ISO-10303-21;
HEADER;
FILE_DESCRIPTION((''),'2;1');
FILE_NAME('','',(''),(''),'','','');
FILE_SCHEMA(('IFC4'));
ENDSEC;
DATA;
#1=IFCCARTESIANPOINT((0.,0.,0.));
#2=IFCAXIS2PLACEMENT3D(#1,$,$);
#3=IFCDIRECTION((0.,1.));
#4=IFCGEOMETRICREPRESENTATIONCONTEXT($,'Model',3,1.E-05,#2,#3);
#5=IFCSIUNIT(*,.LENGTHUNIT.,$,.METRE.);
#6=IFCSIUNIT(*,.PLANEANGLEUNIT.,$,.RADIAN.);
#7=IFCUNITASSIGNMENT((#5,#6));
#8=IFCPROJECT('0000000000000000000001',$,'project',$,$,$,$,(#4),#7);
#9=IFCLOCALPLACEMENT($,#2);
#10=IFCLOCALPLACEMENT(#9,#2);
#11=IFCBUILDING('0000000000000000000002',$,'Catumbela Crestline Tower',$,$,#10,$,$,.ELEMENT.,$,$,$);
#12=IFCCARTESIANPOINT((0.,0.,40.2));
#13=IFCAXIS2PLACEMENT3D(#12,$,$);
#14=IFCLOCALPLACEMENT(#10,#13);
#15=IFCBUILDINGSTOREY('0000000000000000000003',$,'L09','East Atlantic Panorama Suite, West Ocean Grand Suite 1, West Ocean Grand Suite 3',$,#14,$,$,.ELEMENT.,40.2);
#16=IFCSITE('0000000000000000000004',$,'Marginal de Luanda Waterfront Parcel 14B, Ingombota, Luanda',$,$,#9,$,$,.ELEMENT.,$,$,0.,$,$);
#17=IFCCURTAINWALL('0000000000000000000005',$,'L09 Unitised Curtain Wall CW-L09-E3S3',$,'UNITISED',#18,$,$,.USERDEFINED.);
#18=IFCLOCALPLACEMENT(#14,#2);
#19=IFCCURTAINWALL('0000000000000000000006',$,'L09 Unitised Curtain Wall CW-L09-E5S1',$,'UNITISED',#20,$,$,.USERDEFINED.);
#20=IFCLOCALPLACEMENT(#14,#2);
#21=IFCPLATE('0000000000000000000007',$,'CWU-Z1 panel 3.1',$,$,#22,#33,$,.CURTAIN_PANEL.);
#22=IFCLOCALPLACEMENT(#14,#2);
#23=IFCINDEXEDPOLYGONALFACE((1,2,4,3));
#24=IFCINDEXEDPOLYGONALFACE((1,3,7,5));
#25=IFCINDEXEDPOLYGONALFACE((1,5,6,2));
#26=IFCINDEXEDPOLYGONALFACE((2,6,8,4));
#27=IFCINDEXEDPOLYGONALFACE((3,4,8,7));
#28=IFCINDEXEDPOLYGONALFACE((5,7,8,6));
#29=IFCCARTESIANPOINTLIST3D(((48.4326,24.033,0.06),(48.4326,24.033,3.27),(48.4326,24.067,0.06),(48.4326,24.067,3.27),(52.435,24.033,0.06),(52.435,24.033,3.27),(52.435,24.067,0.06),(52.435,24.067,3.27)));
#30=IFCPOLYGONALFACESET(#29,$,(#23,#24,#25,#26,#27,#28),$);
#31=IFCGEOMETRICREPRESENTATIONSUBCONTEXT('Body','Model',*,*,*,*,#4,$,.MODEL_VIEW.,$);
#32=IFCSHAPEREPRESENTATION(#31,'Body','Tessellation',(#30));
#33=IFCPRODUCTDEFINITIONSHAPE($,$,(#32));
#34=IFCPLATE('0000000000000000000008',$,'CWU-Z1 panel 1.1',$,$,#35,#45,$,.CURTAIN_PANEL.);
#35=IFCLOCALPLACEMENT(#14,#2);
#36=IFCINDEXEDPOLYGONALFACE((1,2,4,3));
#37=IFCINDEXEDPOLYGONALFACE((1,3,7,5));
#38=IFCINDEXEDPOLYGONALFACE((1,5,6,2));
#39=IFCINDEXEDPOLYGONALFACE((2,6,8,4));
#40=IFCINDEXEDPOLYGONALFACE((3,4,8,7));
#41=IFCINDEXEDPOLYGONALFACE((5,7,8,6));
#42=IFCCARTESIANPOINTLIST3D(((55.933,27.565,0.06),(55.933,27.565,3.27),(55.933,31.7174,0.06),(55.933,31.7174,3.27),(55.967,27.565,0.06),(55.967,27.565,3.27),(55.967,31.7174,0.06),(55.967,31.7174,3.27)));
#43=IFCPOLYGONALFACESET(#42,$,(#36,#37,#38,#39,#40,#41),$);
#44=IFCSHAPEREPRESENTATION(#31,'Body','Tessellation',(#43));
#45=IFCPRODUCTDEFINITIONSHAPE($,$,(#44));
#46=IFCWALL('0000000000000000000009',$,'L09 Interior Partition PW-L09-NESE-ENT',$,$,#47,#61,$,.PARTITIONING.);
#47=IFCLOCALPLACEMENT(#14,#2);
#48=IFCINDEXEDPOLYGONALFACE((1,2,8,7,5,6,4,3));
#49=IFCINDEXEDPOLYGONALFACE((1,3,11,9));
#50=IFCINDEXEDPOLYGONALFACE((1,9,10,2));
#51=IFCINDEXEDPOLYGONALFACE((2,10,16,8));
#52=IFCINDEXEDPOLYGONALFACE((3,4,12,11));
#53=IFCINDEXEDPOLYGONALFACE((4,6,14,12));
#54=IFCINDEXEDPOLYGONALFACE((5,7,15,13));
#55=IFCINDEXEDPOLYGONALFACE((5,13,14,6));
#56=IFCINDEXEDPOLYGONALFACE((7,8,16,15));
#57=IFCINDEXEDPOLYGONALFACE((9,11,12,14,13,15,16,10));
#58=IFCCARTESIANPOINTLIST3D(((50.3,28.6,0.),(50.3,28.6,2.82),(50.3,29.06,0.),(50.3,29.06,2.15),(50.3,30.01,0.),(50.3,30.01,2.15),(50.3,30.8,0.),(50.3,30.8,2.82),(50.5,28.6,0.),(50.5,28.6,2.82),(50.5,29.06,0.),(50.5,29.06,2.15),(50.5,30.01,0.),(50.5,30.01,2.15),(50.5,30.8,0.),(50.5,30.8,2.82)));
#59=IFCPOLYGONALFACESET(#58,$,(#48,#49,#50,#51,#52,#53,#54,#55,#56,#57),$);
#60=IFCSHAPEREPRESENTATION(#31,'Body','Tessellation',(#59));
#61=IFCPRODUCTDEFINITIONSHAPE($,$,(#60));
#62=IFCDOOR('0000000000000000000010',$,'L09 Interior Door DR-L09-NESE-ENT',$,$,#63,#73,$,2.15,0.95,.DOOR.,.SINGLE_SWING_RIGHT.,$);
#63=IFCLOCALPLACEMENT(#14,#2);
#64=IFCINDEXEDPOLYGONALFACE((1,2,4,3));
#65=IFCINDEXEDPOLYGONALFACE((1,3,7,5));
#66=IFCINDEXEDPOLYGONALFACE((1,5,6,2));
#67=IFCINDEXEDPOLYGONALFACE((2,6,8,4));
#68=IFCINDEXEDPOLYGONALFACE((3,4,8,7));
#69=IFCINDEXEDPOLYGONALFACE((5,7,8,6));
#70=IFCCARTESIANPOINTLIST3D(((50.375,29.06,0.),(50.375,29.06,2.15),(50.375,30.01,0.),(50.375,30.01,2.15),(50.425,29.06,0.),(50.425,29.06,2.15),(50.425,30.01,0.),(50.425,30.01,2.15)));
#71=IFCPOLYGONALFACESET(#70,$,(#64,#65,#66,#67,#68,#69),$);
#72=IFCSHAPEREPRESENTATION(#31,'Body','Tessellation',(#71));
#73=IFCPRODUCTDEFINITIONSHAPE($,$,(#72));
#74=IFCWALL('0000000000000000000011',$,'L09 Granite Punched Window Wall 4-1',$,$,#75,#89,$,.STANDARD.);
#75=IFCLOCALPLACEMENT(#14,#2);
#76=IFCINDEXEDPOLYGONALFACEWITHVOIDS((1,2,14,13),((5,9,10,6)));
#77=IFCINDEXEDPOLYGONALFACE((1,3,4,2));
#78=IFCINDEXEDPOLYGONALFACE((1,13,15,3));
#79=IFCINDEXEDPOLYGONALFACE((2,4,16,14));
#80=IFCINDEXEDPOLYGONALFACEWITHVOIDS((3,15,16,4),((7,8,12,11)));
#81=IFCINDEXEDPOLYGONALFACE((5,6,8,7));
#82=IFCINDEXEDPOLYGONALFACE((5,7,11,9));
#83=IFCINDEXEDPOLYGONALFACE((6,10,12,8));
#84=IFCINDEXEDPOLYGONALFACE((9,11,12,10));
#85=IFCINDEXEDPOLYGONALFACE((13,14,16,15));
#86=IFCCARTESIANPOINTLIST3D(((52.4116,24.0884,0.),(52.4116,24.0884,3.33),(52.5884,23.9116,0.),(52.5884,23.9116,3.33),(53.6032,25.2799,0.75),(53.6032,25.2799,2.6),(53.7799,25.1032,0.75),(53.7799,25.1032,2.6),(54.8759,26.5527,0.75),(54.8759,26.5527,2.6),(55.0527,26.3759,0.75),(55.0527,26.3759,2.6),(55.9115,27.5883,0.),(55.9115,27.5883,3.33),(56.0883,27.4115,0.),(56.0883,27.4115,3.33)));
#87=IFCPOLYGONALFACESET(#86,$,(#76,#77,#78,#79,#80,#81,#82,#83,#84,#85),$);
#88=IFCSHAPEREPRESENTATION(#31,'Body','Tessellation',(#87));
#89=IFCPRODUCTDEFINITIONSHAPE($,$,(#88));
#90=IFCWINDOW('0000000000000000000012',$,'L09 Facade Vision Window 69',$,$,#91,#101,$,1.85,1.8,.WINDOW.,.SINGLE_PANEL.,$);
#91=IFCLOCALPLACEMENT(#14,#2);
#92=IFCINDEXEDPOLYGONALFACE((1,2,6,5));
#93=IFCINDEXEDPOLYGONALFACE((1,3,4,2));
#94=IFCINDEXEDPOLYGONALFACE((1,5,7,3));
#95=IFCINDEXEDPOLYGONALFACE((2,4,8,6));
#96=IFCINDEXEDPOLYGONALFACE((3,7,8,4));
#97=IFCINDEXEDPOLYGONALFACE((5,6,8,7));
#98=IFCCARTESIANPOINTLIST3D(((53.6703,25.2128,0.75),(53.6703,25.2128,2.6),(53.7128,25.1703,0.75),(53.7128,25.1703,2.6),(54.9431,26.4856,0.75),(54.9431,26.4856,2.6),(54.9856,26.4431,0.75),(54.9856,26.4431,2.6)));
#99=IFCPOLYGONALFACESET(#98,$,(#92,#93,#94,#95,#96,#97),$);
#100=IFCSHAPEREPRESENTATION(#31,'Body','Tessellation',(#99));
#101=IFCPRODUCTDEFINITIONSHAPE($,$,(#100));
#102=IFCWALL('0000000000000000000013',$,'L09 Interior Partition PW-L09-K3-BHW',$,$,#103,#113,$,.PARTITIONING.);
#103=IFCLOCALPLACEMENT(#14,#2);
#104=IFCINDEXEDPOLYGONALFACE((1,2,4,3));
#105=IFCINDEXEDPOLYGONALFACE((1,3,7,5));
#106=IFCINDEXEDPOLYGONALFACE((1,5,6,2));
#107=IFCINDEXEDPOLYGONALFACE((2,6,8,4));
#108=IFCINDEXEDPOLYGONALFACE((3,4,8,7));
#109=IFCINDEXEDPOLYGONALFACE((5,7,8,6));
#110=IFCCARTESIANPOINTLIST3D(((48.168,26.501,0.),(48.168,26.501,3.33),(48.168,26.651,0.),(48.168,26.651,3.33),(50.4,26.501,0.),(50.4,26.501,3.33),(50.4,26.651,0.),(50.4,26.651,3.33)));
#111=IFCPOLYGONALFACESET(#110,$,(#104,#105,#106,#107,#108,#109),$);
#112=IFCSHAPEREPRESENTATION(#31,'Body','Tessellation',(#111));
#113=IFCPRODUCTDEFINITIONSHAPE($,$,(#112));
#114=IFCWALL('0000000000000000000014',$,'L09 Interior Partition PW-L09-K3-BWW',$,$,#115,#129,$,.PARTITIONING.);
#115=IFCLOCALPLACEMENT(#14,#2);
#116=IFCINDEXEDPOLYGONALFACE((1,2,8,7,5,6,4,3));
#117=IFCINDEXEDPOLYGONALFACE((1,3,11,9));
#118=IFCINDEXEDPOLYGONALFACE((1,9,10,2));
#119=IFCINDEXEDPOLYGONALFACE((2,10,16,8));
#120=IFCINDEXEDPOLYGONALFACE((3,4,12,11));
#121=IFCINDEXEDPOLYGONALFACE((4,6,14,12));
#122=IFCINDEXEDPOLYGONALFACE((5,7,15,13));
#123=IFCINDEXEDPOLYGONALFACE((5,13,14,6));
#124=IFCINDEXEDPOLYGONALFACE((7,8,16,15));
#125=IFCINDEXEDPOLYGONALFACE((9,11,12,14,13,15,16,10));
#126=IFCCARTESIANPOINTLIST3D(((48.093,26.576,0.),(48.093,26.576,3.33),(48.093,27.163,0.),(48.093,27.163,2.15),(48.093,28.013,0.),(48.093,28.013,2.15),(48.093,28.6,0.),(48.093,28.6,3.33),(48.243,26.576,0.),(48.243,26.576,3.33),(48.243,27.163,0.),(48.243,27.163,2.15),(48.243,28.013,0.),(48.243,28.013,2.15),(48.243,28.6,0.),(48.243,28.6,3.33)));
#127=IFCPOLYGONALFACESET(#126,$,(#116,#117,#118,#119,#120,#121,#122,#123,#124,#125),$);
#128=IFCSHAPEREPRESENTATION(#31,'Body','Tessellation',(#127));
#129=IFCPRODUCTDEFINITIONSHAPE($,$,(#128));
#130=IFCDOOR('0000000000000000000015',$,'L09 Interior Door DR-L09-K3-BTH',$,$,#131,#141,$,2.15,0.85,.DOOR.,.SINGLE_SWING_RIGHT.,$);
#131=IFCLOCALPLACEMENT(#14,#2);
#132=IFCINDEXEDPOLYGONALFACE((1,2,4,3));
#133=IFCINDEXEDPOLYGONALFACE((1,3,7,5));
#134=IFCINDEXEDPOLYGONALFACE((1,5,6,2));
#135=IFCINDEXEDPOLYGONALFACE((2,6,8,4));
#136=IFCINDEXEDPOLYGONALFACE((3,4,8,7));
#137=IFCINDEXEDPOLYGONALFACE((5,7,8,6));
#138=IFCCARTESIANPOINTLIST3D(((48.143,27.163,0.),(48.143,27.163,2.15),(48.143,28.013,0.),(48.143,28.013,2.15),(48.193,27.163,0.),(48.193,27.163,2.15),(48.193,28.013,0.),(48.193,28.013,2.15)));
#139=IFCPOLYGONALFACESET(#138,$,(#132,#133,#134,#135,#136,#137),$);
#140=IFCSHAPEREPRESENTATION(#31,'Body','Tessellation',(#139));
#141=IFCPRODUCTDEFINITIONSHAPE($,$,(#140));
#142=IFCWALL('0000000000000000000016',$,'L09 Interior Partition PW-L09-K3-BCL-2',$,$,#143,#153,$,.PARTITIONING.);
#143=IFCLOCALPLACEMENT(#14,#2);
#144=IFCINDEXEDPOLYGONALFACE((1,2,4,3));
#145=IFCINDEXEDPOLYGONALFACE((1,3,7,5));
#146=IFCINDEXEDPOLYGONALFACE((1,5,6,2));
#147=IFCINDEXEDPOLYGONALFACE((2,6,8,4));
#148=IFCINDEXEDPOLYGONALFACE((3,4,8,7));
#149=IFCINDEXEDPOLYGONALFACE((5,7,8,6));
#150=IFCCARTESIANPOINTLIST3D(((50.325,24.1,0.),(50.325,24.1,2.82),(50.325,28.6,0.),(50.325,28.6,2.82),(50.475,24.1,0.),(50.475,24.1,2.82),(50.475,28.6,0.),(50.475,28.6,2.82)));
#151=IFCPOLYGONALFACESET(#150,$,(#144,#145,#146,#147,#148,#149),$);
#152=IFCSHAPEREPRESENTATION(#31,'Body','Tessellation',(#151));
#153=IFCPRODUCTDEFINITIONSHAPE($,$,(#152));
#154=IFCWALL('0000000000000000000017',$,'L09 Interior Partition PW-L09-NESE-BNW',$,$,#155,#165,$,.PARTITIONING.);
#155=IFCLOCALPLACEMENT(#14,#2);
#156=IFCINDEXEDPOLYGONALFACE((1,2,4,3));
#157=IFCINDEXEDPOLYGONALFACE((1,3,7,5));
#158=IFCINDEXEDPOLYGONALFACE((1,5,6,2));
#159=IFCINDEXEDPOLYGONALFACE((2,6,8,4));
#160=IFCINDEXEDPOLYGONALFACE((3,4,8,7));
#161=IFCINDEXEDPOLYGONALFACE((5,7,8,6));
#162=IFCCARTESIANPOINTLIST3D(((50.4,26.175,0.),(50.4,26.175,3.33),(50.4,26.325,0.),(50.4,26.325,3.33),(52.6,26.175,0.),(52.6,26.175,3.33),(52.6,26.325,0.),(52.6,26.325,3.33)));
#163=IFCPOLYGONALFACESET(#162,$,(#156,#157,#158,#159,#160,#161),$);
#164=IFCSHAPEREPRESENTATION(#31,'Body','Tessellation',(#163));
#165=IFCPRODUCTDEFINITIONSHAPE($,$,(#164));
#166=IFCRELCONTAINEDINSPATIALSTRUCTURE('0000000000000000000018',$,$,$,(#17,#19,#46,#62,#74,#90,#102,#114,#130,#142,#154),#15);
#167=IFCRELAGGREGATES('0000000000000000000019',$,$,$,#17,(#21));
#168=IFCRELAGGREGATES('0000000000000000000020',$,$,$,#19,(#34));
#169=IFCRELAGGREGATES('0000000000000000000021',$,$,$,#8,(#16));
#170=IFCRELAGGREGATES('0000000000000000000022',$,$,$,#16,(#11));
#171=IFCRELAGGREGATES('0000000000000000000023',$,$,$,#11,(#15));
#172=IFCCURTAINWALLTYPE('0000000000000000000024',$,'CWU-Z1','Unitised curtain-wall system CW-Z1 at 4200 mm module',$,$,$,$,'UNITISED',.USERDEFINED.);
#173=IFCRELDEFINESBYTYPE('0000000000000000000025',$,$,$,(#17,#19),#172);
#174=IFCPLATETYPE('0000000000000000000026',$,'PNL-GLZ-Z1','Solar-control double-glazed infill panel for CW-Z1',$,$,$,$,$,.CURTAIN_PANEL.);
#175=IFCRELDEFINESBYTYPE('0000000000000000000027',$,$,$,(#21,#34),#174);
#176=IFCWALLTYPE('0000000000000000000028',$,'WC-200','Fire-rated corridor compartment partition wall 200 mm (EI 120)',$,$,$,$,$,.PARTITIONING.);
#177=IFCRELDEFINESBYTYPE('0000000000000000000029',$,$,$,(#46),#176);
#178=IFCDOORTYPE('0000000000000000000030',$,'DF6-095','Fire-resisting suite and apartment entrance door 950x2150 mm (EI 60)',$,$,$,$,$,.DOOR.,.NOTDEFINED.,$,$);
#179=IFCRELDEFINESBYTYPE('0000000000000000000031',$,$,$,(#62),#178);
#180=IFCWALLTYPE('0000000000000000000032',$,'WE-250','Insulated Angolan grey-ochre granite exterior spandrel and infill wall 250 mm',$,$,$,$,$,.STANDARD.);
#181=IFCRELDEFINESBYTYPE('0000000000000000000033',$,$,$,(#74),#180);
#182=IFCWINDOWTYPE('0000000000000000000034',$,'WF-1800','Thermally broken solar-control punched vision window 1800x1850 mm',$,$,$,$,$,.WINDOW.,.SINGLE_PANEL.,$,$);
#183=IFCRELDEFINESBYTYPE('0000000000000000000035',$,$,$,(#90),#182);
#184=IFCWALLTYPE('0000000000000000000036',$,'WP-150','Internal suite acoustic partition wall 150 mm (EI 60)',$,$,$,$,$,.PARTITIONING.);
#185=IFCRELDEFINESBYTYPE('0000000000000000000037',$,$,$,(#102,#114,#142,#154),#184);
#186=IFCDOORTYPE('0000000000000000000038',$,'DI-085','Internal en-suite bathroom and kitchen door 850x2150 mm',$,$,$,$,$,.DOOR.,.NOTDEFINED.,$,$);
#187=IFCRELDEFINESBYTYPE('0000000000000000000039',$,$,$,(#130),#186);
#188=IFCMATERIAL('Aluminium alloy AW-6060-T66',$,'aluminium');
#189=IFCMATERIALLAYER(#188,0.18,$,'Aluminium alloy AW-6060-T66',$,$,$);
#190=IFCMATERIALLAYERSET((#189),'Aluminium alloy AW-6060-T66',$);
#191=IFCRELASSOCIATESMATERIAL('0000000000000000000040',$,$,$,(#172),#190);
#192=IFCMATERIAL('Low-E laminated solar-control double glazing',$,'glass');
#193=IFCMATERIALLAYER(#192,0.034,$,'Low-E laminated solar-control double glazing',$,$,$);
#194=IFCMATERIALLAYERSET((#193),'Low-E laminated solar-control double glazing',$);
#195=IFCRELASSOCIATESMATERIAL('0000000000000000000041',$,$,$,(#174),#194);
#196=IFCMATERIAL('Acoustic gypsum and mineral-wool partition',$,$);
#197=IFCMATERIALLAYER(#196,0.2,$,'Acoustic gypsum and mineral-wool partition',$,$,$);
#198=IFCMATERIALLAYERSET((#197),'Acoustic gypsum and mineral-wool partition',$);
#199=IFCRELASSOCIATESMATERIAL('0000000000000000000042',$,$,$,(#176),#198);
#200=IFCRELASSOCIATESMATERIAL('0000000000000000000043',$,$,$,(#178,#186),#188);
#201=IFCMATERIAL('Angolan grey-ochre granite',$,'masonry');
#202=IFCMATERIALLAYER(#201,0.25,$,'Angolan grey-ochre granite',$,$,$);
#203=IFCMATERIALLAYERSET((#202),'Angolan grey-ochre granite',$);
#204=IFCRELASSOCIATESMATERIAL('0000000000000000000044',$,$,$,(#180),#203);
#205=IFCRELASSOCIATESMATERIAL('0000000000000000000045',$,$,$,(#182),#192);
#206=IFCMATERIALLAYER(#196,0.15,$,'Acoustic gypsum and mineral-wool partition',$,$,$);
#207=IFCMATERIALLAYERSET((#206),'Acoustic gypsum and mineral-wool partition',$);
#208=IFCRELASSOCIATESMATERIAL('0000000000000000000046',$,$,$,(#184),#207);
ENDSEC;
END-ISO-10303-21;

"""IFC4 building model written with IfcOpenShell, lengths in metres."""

from ifc_helpers import new_model, si_unit, direction, frame, frame_2d, origin, origin_2d, place, context, subcontext, project, spatial, rectangle, extrude, material, layer, layer_set, type_object, element, fill, aggregate, save


model = new_model("IFC4")

# Units and contexts
model_context = context("Model", 3, precision=1e-05, world=origin(), true_north=direction((0.0, 1.0)))
body_context = subcontext(model_context, "Body", "Model", "MODEL_VIEW")
ifc_project = project(units=[si_unit("LENGTHUNIT", "METRE"), si_unit("PLANEANGLEUNIT", "RADIAN")], contexts=[model_context])

# Site, building, storey
site_placement = place(None, origin())
site = spatial("IfcSite", under=ifc_project, at=site_placement, Name="Marginal de Luanda Waterfront Parcel 14B, Ingombota, Luanda", CompositionType="ELEMENT", RefElevation=0.0)
building_placement = place(site_placement, origin())
building = spatial("IfcBuilding", under=site, at=building_placement, Name="Catumbela Crestline Tower", CompositionType="ELEMENT")
storey_placement = place(building_placement, frame((0.0, 0.0, 40.2)))
storey = spatial("IfcBuildingStorey", under=building, at=storey_placement, Name="L09", Description="East Atlantic Panorama Suite, West Ocean Grand Suite 1, West Ocean Grand Suite 3", CompositionType="ELEMENT", Elevation=40.2)

# Curtain wall
ifc_material_1 = material(Name="Aluminium alloy AW-6060-T66", Category="aluminium")
ifc_layer_1 = layer(ifc_material_1, 0.18, Name="Aluminium alloy AW-6060-T66")
ifc_layer_set_1 = layer_set([ifc_layer_1], Name="Aluminium alloy AW-6060-T66")
curtain_wall_type = type_object("IfcCurtainWallType", Name="CWU-Z1", Description="Unitised curtain-wall system CW-Z1 at 4200 mm module", ElementType="UNITISED", PredefinedType="USERDEFINED", material=ifc_layer_set_1)
curtain_wall_1_placement = place(storey_placement, origin())
curtain_wall_1 = element("IfcCurtainWall", 1, at=curtain_wall_1_placement, inside=storey, type_object=curtain_wall_type, Name="L09 Unitised Curtain Wall CW-L09-E3S3", ObjectType="UNITISED", PredefinedType="USERDEFINED")

# Curtain wall
curtain_wall_2_placement = place(storey_placement, origin())
curtain_wall_2 = element("IfcCurtainWall", 2, at=curtain_wall_2_placement, inside=storey, type_object=curtain_wall_type, Name="L09 Unitised Curtain Wall CW-L09-E5S1", ObjectType="UNITISED", PredefinedType="USERDEFINED")

# Plates
ifc_material_2 = material(Name="Low-E laminated solar-control double glazing", Category="glass")
ifc_layer_2 = layer(ifc_material_2, 0.034, Name="Low-E laminated solar-control double glazing")
ifc_layer_set_2 = layer_set([ifc_layer_2], Name="Low-E laminated solar-control double glazing")
plate_type = type_object("IfcPlateType", Name="PNL-GLZ-Z1", Description="Solar-control double-glazed infill panel for CW-Z1", PredefinedType="CURTAIN_PANEL", material=ifc_layer_set_2)
plate_1_placement = place(storey_placement, frame((50.4338, 24.05, 0.06), z_axis=(0.0, 0.0, 1.0), x_axis=(1.0, 0.0, 0.0)))
plate_1 = element("IfcPlate", 3, at=plate_1_placement, type_object=plate_type, Name="CWU-Z1 panel 3.1", PredefinedType="CURTAIN_PANEL", context=body_context, shape_type="SweptSolid", body=[
    extrude(rectangle(XDim=4.0025, YDim=0.034, at=origin_2d()), origin(), (0.0, 0.0, 1.0), 3.21),
])
aggregate(curtain_wall_1, [plate_1])
plate_2_placement = place(storey_placement, frame((55.95, 29.6412, 0.06), z_axis=(0.0, 0.0, 1.0), x_axis=(0.0, 1.0, 0.0)))
plate_2 = element("IfcPlate", 4, at=plate_2_placement, type_object=plate_type, Name="CWU-Z1 panel 1.1", PredefinedType="CURTAIN_PANEL", context=body_context, shape_type="SweptSolid", body=[
    extrude(rectangle(XDim=4.1525, YDim=0.034, at=origin_2d()), origin(), (0.0, 0.0, 1.0), 3.21),
])
aggregate(curtain_wall_2, [plate_2])

# Wall, opening, door
ifc_material_3 = material(Name="Acoustic gypsum and mineral-wool partition")
ifc_layer_3 = layer(ifc_material_3, 0.2, Name="Acoustic gypsum and mineral-wool partition")
ifc_layer_set_3 = layer_set([ifc_layer_3], Name="Acoustic gypsum and mineral-wool partition")
wall_type_1 = type_object("IfcWallType", Name="WC-200", Description="Fire-rated corridor compartment partition wall 200 mm (EI 120)", PredefinedType="PARTITIONING", material=ifc_layer_set_3)
wall_1_placement = place(storey_placement, frame((50.4, 28.6, 0.0), z_axis=(0.0, 0.0, 1.0), x_axis=(0.0, 1.0, 0.0)))
wall_1 = element("IfcWall", 5, at=wall_1_placement, inside=storey, type_object=wall_type_1, Name="L09 Interior Partition PW-L09-NESE-ENT", PredefinedType="PARTITIONING", context=body_context, shape_type="SweptSolid", body=[
    extrude(rectangle(XDim=2.2, YDim=0.2, at=frame_2d((1.1, 0.0))), origin(), (0.0, 0.0, 1.0), 2.82),
])
opening_1_placement = place(wall_1_placement, frame((0.46, 0.0, 0.0)))
opening_1 = element("IfcOpeningElement", 6, at=opening_1_placement, cuts=wall_1, PredefinedType="OPENING", context=body_context, shape_type="SweptSolid", body=[
    extrude(rectangle(XDim=0.95, YDim=2.15, at=frame_2d((0.475, 1.075))), frame((0.0, 0.11, 0.0), z_axis=(0.0, -1.0, 0.0), x_axis=(1.0, 0.0, 0.0)), (0.0, 0.0, 1.0), 0.22),
])
door_type_1 = type_object("IfcDoorType", Name="DF6-095", Description="Fire-resisting suite and apartment entrance door 950x2150 mm (EI 60)", OperationType="NOTDEFINED", PredefinedType="DOOR", material=ifc_material_1)
door_1_placement = place(opening_1_placement, origin())
door_1 = element("IfcDoor", 7, at=door_1_placement, inside=storey, type_object=door_type_1, Name="L09 Interior Door DR-L09-NESE-ENT", OperationType="SINGLE_SWING_RIGHT", OverallHeight=2.15, OverallWidth=0.95, PredefinedType="DOOR", context=body_context, shape_type="SweptSolid", body=[
    extrude(rectangle(XDim=0.95, YDim=2.15, at=frame_2d((0.475, 1.075))), frame((0.0, 0.025, 0.0), z_axis=(0.0, -1.0, 0.0), x_axis=(1.0, 0.0, 0.0)), (0.0, 0.0, 1.0), 0.05),
])
fill(opening_1, door_1)

# Wall, opening, window
ifc_material_4 = material(Name="Angolan grey-ochre granite", Category="masonry")
ifc_layer_4 = layer(ifc_material_4, 0.25, Name="Angolan grey-ochre granite")
ifc_layer_set_4 = layer_set([ifc_layer_4], Name="Angolan grey-ochre granite")
wall_type_2 = type_object("IfcWallType", Name="WE-250", Description="Insulated Angolan grey-ochre granite exterior spandrel and infill wall 250 mm", PredefinedType="STANDARD", material=ifc_layer_set_4)
wall_2_placement = place(storey_placement, frame((52.5, 24.0, 0.0), z_axis=(0.0, 0.0, 1.0), x_axis=(0.707107, 0.707107, 0.0)))
wall_2 = element("IfcWall", 8, at=wall_2_placement, inside=storey, type_object=wall_type_2, Name="L09 Granite Punched Window Wall 4-1", PredefinedType="STANDARD", context=body_context, shape_type="SweptSolid", body=[
    extrude(rectangle(XDim=4.9497, YDim=0.25, at=frame_2d((2.4748, 0.0))), origin(), (0.0, 0.0, 1.0), 3.33),
])
opening_2_placement = place(wall_2_placement, frame((1.6851, 0.0, 0.75)))
opening_2 = element("IfcOpeningElement", 9, at=opening_2_placement, cuts=wall_2, PredefinedType="OPENING", context=body_context, shape_type="SweptSolid", body=[
    extrude(rectangle(XDim=1.8, YDim=1.85, at=frame_2d((0.9, 0.925))), frame((0.0, 0.135, 0.0), z_axis=(0.0, -1.0, 0.0), x_axis=(1.0, 0.0, 0.0)), (0.0, 0.0, 1.0), 0.27),
])
window_type = type_object("IfcWindowType", Name="WF-1800", Description="Thermally broken solar-control punched vision window 1800x1850 mm", PartitioningType="SINGLE_PANEL", PredefinedType="WINDOW", material=ifc_material_2)
window_placement = place(opening_2_placement, origin())
window = element("IfcWindow", 10, at=window_placement, inside=storey, type_object=window_type, Name="L09 Facade Vision Window 69", OverallHeight=1.85, OverallWidth=1.8, PartitioningType="SINGLE_PANEL", PredefinedType="WINDOW", context=body_context, shape_type="SweptSolid", body=[
    extrude(rectangle(XDim=1.8, YDim=1.85, at=frame_2d((0.9, 0.925))), frame((0.0, 0.03, 0.0), z_axis=(0.0, -1.0, 0.0), x_axis=(1.0, 0.0, 0.0)), (0.0, 0.0, 1.0), 0.06),
])
fill(opening_2, window)

# Wall
ifc_layer_5 = layer(ifc_material_3, 0.15, Name="Acoustic gypsum and mineral-wool partition")
ifc_layer_set_5 = layer_set([ifc_layer_5], Name="Acoustic gypsum and mineral-wool partition")
wall_type_3 = type_object("IfcWallType", Name="WP-150", Description="Internal suite acoustic partition wall 150 mm (EI 60)", PredefinedType="PARTITIONING", material=ifc_layer_set_5)
wall_3_placement = place(storey_placement, frame((48.168, 26.576, 0.0), z_axis=(0.0, 0.0, 1.0), x_axis=(1.0, 0.0, 0.0)))
element("IfcWall", 11, at=wall_3_placement, inside=storey, type_object=wall_type_3, Name="L09 Interior Partition PW-L09-K3-BHW", PredefinedType="PARTITIONING", context=body_context, shape_type="SweptSolid", body=[
    extrude(rectangle(XDim=2.232, YDim=0.15, at=frame_2d((1.116, 0.0))), origin(), (0.0, 0.0, 1.0), 3.33),
])

# Wall, opening, door
wall_4_placement = place(storey_placement, frame((48.168, 26.576, 0.0), z_axis=(0.0, 0.0, 1.0), x_axis=(0.0, 1.0, 0.0)))
wall_4 = element("IfcWall", 12, at=wall_4_placement, inside=storey, type_object=wall_type_3, Name="L09 Interior Partition PW-L09-K3-BWW", PredefinedType="PARTITIONING", context=body_context, shape_type="SweptSolid", body=[
    extrude(rectangle(XDim=2.024, YDim=0.15, at=frame_2d((1.012, 0.0))), origin(), (0.0, 0.0, 1.0), 3.33),
])
opening_3_placement = place(wall_4_placement, frame((0.587, 0.0, 0.0)))
opening_3 = element("IfcOpeningElement", 13, at=opening_3_placement, cuts=wall_4, PredefinedType="OPENING", context=body_context, shape_type="SweptSolid", body=[
    extrude(rectangle(XDim=0.85, YDim=2.15, at=frame_2d((0.425, 1.075))), frame((0.0, 0.085, 0.0), z_axis=(0.0, -1.0, 0.0), x_axis=(1.0, 0.0, 0.0)), (0.0, 0.0, 1.0), 0.17),
])
door_type_2 = type_object("IfcDoorType", Name="DI-085", Description="Internal en-suite bathroom and kitchen door 850x2150 mm", OperationType="NOTDEFINED", PredefinedType="DOOR", material=ifc_material_1)
door_2_placement = place(opening_3_placement, origin())
door_2 = element("IfcDoor", 14, at=door_2_placement, inside=storey, type_object=door_type_2, Name="L09 Interior Door DR-L09-K3-BTH", OperationType="SINGLE_SWING_RIGHT", OverallHeight=2.15, OverallWidth=0.85, PredefinedType="DOOR", context=body_context, shape_type="SweptSolid", body=[
    extrude(rectangle(XDim=0.85, YDim=2.15, at=frame_2d((0.425, 1.075))), frame((0.0, 0.025, 0.0), z_axis=(0.0, -1.0, 0.0), x_axis=(1.0, 0.0, 0.0)), (0.0, 0.0, 1.0), 0.05),
])
fill(opening_3, door_2)

# Walls
wall_5_placement = place(storey_placement, frame((50.4, 28.6, 0.0), z_axis=(0.0, 0.0, 1.0), x_axis=(0.0, -1.0, 0.0)))
element("IfcWall", 15, at=wall_5_placement, inside=storey, type_object=wall_type_3, Name="L09 Interior Partition PW-L09-K3-BCL-2", PredefinedType="PARTITIONING", context=body_context, shape_type="SweptSolid", body=[
    extrude(rectangle(XDim=4.5, YDim=0.15, at=frame_2d((2.25, 0.0))), origin(), (0.0, 0.0, 1.0), 2.82),
])
wall_6_placement = place(storey_placement, frame((50.4, 26.25, 0.0), z_axis=(0.0, 0.0, 1.0), x_axis=(1.0, 0.0, 0.0)))
element("IfcWall", 16, at=wall_6_placement, inside=storey, type_object=wall_type_3, Name="L09 Interior Partition PW-L09-NESE-BNW", PredefinedType="PARTITIONING", context=body_context, shape_type="SweptSolid", body=[
    extrude(rectangle(XDim=2.2, YDim=0.15, at=frame_2d((1.1, 0.0))), origin(), (0.0, 0.0, 1.0), 3.33),
])

save(model, "model.ifc")
